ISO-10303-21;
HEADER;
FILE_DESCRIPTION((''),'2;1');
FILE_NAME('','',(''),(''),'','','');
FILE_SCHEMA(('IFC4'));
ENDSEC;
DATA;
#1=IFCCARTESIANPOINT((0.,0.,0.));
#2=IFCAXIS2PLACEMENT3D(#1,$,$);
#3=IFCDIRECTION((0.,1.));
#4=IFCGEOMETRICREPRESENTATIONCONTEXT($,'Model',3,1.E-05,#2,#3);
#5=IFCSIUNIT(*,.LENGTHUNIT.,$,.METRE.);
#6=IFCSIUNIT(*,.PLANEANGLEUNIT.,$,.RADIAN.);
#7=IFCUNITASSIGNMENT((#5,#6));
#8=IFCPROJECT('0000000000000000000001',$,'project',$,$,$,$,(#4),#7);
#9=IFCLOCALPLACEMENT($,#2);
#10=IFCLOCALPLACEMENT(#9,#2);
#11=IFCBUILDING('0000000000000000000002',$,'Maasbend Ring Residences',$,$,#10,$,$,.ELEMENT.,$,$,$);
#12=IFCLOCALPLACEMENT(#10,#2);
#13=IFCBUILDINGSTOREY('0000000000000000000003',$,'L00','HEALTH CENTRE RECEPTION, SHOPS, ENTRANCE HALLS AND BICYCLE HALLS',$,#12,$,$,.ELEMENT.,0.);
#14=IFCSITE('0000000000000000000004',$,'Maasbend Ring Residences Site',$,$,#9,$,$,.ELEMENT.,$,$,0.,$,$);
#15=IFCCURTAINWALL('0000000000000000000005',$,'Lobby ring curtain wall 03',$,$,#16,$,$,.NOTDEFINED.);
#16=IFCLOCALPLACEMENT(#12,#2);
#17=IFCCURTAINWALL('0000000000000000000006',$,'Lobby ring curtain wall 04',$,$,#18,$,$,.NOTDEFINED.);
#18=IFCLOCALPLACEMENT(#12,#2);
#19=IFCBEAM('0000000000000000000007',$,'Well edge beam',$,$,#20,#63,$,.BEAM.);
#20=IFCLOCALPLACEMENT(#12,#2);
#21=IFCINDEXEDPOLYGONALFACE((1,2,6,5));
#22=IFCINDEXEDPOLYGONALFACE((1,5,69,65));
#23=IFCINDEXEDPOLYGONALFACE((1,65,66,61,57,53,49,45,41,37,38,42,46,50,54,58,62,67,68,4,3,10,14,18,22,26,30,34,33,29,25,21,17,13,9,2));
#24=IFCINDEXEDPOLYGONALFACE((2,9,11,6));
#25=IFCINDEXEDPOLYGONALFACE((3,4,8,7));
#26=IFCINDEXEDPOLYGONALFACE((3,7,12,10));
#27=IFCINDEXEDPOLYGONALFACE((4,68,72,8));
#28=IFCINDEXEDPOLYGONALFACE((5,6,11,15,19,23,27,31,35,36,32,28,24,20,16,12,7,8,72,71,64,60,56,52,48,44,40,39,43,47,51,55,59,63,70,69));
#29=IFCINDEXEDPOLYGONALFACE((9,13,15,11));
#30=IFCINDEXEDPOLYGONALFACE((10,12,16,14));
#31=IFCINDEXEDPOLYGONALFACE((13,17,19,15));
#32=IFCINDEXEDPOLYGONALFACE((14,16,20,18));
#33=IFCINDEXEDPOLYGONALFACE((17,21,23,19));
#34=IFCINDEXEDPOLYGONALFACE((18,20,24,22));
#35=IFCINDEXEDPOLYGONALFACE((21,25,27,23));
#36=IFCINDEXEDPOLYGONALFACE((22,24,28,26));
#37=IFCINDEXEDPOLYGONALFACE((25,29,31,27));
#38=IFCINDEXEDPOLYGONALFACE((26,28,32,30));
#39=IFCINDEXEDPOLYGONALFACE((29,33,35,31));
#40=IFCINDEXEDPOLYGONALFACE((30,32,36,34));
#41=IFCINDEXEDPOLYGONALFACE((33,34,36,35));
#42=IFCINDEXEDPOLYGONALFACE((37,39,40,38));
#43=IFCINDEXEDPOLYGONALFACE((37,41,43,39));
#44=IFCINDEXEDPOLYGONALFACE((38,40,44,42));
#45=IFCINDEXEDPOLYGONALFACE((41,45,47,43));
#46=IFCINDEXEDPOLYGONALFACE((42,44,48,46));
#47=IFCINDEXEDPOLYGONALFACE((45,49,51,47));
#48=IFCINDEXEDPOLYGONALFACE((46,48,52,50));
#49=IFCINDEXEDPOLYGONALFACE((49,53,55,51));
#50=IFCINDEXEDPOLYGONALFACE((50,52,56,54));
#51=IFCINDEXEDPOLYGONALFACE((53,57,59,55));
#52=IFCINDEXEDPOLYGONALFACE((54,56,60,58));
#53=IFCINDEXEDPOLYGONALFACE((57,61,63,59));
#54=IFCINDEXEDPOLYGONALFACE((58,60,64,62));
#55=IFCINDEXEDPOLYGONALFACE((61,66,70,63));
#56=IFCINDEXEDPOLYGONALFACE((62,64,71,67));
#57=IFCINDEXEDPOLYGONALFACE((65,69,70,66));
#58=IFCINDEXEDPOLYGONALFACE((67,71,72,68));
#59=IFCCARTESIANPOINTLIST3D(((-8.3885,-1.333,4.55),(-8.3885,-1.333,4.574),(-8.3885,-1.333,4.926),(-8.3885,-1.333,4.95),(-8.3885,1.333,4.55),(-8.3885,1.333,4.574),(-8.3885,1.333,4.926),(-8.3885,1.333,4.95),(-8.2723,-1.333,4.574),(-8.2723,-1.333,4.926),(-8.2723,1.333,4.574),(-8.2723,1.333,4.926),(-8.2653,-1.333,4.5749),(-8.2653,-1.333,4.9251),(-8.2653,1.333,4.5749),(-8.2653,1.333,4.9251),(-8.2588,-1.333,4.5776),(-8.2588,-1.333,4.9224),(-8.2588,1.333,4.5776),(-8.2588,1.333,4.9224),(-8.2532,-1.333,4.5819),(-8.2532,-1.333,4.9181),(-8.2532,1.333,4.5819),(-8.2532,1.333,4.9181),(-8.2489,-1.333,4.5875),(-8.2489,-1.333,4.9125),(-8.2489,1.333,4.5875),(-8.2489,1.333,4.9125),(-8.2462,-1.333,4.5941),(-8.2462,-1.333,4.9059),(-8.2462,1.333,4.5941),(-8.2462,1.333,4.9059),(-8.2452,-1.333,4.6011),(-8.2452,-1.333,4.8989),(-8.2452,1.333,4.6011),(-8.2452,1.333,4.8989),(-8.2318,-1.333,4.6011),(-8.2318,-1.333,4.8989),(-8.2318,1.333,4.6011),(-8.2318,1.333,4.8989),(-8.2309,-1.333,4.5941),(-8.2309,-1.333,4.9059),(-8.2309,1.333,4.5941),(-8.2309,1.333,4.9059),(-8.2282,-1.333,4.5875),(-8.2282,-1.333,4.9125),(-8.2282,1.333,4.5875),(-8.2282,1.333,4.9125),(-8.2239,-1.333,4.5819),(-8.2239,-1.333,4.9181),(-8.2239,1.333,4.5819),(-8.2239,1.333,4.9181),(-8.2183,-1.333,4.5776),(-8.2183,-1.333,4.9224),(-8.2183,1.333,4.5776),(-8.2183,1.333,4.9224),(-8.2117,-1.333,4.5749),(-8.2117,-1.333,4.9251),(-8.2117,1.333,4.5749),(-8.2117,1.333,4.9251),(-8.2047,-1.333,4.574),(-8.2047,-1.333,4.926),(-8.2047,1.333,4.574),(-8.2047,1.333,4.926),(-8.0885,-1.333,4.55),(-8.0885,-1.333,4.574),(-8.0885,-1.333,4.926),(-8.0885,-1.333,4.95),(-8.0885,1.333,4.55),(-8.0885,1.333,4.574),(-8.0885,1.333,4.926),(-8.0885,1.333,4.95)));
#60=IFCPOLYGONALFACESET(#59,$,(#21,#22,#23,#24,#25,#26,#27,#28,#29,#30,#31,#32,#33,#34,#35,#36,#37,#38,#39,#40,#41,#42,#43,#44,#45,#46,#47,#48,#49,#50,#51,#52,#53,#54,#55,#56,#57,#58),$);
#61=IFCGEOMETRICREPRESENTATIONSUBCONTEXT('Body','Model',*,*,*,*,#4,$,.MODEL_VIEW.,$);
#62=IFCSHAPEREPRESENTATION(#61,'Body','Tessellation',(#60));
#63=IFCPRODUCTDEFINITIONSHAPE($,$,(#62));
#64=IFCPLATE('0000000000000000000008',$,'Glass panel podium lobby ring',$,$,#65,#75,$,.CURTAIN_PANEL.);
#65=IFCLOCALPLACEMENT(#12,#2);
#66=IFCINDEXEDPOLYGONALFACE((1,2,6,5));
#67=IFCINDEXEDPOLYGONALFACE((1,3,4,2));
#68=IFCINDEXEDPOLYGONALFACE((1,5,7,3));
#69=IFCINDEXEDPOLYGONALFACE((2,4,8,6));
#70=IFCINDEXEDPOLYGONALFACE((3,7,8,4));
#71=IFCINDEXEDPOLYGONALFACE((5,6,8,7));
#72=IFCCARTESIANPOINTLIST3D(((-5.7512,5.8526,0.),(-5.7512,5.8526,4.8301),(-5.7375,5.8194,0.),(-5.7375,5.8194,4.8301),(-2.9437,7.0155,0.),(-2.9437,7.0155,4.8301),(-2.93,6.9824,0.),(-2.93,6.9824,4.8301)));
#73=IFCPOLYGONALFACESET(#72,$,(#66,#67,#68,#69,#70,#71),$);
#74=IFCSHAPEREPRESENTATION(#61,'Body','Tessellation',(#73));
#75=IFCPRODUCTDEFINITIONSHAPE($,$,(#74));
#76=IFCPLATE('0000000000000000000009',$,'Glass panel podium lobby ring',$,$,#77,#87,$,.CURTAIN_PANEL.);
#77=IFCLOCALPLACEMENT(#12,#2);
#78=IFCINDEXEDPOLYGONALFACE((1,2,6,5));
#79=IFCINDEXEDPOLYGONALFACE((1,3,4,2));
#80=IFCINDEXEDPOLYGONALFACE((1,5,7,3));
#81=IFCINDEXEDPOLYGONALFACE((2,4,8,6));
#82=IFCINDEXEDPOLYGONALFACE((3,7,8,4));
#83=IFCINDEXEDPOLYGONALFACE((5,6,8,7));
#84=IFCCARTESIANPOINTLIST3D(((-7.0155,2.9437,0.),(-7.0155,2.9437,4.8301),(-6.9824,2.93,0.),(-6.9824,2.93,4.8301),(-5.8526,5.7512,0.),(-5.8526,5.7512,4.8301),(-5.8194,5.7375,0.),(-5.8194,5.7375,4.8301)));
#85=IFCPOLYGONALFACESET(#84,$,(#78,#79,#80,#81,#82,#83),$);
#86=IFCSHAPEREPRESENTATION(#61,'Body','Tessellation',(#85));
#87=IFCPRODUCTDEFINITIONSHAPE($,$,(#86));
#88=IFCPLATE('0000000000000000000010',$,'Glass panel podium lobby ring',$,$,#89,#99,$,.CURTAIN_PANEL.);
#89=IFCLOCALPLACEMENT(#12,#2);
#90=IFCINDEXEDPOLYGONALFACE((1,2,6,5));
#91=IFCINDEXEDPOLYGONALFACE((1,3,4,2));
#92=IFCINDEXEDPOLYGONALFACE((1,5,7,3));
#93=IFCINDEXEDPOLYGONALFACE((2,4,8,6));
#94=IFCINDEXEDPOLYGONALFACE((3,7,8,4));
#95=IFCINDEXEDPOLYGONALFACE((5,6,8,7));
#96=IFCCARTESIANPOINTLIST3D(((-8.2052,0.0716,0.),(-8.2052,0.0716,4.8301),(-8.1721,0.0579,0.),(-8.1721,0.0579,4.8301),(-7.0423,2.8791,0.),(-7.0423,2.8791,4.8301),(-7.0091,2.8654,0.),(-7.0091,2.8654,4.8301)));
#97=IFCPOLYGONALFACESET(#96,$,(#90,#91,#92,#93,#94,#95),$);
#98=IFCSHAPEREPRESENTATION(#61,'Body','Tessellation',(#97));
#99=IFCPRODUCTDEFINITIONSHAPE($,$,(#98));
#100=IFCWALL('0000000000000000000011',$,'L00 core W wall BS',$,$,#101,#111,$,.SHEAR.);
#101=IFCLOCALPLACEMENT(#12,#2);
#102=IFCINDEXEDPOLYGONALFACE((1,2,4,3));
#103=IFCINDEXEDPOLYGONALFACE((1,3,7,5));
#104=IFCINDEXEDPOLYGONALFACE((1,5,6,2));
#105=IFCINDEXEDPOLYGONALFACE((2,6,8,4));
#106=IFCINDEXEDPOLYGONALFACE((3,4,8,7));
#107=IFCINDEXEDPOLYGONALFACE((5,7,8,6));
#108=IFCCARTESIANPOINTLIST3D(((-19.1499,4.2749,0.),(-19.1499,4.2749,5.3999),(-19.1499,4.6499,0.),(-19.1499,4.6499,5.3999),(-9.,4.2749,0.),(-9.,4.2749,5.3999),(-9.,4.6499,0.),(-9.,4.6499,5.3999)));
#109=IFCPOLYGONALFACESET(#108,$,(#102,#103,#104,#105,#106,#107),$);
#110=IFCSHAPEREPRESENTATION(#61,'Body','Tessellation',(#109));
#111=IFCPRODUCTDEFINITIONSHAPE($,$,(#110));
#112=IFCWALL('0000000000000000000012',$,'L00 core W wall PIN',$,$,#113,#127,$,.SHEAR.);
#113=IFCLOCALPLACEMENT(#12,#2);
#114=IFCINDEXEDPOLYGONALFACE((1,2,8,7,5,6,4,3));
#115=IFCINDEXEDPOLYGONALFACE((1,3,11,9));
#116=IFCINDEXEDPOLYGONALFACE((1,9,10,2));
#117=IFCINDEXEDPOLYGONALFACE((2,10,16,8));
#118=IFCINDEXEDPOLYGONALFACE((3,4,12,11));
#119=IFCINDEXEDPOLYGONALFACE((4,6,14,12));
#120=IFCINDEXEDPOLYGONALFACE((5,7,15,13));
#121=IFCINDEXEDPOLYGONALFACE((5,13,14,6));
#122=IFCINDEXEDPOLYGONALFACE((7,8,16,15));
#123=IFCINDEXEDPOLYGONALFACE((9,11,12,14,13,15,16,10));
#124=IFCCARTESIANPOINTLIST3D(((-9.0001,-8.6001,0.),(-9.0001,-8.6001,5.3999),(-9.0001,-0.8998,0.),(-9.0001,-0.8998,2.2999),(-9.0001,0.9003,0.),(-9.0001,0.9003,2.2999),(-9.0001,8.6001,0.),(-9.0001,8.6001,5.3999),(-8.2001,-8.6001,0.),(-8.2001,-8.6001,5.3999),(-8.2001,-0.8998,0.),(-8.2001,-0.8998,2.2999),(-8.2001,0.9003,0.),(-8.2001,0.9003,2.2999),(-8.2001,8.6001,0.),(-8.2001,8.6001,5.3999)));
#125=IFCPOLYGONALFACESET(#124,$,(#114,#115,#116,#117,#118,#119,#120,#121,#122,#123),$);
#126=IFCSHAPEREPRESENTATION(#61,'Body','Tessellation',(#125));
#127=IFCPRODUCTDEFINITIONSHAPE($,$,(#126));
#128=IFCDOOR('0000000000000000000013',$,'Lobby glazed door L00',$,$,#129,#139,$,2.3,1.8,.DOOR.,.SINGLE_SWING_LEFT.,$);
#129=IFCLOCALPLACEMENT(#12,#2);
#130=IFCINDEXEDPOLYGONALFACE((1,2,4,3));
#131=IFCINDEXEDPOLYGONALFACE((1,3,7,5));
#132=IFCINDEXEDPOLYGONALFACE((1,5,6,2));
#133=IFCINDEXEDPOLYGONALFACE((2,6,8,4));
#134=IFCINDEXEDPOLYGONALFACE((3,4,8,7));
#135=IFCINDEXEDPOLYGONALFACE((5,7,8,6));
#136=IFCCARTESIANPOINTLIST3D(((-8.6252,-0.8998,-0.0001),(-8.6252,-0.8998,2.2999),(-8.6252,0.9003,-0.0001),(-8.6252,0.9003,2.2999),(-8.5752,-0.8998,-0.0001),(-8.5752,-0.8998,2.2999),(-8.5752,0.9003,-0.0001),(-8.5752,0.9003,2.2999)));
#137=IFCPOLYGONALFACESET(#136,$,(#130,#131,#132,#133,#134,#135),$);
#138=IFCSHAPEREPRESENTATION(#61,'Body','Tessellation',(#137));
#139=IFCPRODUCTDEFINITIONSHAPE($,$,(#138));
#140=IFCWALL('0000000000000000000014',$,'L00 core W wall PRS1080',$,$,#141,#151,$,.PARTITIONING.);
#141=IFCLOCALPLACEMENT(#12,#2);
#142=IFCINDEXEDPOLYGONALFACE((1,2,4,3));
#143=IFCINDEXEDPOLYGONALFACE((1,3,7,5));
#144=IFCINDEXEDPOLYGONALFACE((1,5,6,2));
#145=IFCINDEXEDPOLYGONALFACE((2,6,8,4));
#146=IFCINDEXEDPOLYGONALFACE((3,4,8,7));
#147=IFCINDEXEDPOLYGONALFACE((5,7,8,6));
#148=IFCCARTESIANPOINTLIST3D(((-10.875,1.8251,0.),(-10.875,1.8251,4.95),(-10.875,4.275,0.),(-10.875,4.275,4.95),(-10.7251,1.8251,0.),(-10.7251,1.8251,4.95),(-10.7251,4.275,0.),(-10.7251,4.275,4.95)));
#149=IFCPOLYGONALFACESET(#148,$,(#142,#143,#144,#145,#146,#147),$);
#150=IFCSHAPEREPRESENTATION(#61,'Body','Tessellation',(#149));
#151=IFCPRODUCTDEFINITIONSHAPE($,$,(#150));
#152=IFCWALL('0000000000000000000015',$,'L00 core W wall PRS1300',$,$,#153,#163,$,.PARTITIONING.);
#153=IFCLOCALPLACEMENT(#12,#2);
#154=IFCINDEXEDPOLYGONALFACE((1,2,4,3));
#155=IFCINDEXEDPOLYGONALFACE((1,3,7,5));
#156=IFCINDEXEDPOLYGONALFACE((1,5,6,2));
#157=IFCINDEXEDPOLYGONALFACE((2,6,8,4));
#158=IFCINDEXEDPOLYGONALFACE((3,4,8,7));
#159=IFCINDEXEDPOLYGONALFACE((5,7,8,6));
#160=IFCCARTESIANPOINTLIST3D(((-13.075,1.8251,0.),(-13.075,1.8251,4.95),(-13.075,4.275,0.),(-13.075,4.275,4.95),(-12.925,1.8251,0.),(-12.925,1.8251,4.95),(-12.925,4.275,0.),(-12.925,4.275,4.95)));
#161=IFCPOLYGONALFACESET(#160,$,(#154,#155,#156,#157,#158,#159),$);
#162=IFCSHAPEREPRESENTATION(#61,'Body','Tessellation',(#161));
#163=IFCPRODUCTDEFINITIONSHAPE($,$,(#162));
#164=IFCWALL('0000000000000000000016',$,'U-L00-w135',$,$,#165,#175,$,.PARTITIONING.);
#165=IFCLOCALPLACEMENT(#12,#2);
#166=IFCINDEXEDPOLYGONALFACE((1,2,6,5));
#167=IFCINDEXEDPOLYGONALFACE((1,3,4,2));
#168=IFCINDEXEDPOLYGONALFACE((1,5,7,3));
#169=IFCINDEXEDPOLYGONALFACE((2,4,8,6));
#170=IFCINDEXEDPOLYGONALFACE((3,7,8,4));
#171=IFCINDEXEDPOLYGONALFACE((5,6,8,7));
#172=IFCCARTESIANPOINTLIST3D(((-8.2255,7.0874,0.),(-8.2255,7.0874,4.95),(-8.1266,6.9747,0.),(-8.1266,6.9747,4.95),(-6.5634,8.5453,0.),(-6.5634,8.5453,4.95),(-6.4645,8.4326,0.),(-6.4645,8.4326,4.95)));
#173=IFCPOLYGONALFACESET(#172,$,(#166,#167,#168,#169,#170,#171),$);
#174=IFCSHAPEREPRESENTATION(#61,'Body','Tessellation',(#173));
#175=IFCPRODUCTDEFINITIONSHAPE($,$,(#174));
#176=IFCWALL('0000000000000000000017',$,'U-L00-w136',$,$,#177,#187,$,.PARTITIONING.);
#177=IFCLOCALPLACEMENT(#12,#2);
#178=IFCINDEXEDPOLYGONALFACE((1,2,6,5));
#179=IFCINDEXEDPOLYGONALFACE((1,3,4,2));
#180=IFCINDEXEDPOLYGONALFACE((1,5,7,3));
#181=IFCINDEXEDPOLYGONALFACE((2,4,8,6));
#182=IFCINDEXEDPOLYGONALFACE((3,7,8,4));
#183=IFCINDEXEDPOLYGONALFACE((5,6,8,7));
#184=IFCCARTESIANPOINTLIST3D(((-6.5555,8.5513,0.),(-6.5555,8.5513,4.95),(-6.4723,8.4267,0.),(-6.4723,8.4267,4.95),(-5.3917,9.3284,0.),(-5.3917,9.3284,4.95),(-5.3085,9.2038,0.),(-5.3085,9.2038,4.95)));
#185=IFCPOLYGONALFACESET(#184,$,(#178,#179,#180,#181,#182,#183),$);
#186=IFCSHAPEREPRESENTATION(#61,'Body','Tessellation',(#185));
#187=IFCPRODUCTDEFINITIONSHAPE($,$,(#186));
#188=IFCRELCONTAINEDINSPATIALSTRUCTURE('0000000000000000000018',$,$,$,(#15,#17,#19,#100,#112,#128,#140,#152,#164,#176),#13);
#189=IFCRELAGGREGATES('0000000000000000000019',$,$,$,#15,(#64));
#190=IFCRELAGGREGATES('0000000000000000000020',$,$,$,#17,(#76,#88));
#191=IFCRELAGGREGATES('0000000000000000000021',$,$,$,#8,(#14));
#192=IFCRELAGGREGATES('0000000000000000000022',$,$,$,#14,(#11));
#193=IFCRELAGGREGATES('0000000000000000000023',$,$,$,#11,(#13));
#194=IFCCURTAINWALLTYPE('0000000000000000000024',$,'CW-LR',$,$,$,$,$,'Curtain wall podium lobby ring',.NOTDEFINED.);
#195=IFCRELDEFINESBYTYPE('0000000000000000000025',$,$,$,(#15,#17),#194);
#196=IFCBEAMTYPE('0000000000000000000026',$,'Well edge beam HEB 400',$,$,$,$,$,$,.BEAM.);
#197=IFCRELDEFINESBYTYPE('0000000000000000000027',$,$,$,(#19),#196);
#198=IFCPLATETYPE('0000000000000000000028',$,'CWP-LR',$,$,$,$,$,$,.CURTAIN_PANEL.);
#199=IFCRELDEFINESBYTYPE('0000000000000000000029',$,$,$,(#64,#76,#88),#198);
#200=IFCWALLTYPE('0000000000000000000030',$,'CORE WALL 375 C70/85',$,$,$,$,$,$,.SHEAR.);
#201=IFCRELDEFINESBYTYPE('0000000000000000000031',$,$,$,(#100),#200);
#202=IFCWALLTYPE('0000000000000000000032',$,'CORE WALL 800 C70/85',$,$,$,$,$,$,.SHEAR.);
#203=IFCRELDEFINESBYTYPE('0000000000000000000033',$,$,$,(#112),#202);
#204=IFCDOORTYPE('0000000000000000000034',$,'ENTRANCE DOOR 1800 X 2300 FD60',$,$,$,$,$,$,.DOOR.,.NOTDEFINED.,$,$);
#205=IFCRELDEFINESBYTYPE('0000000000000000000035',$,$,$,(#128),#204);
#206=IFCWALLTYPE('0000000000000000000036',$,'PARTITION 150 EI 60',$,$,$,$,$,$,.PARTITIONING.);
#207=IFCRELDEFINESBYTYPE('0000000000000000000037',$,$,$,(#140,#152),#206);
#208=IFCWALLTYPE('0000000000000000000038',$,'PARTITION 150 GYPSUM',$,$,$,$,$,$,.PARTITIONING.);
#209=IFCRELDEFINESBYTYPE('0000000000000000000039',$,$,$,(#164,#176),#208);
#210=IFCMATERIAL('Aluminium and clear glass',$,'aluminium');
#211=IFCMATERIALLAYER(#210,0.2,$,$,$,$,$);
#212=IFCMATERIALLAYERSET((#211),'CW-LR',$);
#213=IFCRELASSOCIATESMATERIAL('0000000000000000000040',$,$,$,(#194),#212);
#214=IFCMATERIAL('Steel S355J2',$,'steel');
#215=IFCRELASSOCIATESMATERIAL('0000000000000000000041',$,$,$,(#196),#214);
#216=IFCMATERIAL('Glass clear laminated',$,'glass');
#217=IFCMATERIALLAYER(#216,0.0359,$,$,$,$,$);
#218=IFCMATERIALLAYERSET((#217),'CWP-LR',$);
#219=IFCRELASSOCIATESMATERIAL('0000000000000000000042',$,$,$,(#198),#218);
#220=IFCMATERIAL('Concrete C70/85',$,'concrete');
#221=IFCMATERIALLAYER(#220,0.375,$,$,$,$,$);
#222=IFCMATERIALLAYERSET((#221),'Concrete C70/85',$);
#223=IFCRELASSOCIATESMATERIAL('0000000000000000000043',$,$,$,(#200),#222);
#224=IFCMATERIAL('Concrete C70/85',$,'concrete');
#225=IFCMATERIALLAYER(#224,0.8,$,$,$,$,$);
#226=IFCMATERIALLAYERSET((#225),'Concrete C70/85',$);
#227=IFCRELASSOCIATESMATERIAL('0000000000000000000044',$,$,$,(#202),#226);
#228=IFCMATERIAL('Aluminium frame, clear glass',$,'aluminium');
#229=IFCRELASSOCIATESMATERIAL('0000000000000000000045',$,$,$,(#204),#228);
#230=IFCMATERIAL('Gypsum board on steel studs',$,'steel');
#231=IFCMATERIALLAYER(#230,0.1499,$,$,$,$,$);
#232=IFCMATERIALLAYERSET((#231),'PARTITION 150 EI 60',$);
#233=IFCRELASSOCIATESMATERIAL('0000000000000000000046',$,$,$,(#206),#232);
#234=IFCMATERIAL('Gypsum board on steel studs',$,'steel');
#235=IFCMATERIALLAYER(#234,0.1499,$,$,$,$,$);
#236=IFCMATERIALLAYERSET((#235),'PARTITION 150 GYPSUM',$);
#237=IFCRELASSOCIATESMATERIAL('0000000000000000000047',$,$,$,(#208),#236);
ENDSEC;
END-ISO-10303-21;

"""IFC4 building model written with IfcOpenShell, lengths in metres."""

from ifc_helpers import new_model, si_unit, direction, frame, frame_2d, origin, origin_2d, place, context, subcontext, project, spatial, rectangle, i_section, extrude, material, layer, layer_set, material_profile, profile_set, type_object, element, fill, aggregate, save


model = new_model("IFC4")

# Units and contexts
model_context = context("Model", 3, precision=1e-05, world=origin(), true_north=direction((0.0, 1.0)))
body_context = subcontext(model_context, "Body", "Model", "MODEL_VIEW")
ifc_project = project(units=[si_unit("LENGTHUNIT", "METRE"), si_unit("PLANEANGLEUNIT", "RADIAN")], contexts=[model_context])

# Site, building, storey
site_placement = place(None, origin())
site = spatial("IfcSite", under=ifc_project, at=site_placement, Name="Maasbend Ring Residences Site", CompositionType="ELEMENT", RefElevation=0.0)
building_placement = place(site_placement, origin())
building = spatial("IfcBuilding", under=site, at=building_placement, Name="Maasbend Ring Residences", CompositionType="ELEMENT")
storey_placement = place(building_placement, origin())
storey = spatial("IfcBuildingStorey", under=building, at=storey_placement, Name="L00", Description="HEALTH CENTRE RECEPTION, SHOPS, ENTRANCE HALLS AND BICYCLE HALLS", CompositionType="ELEMENT", Elevation=0.0)

# Curtain wall
ifc_material_1 = material(Name="Aluminium and clear glass", Category="aluminium")
ifc_layer_1 = layer(ifc_material_1, 0.2)
ifc_layer_set_1 = layer_set([ifc_layer_1], Name="CW-LR")
curtain_wall_type = type_object("IfcCurtainWallType", Name="CW-LR", ElementType="Curtain wall podium lobby ring", PredefinedType="NOTDEFINED", material=ifc_layer_set_1)
curtain_wall_1_placement = place(storey_placement, origin())
curtain_wall_1 = element("IfcCurtainWall", 1, at=curtain_wall_1_placement, inside=storey, type_object=curtain_wall_type, Name="Lobby ring curtain wall 03", PredefinedType="NOTDEFINED")

# Curtain wall
curtain_wall_2_placement = place(storey_placement, origin())
curtain_wall_2 = element("IfcCurtainWall", 2, at=curtain_wall_2_placement, inside=storey, type_object=curtain_wall_type, Name="Lobby ring curtain wall 04", PredefinedType="NOTDEFINED")

# Beam
ifc_material_2 = material(Name="Steel S355J2", Category="steel")
ifc_material_profile_1 = material_profile(ifc_material_2, i_section(OverallWidth=0.3, OverallDepth=0.3999, WebThickness=0.0134, FlangeThickness=0.0239, FilletRadius=0.0271, at=origin_2d()), Name="HEB 400")
ifc_profile_set_1 = profile_set([ifc_material_profile_1], Name="Steel S355J2")
beam_type = type_object("IfcBeamType", Name="Well edge beam HEB 400", PredefinedType="BEAM", material=ifc_profile_set_1)
beam_1_placement = place(storey_placement, frame((-8.2385, 1.333, 4.75), z_axis=(0.0, -1.0, 0.0), x_axis=(1.0, 0.0, 0.0)))
element("IfcBeam", 3, at=beam_1_placement, inside=storey, type_object=beam_type, Name="Well edge beam", PredefinedType="BEAM", context=body_context, shape_type="SweptSolid", body=[
    extrude(i_section(OverallWidth=0.3, OverallDepth=0.3999, WebThickness=0.0134, FlangeThickness=0.0239, FilletRadius=0.0271, at=origin_2d()), origin(), (0.0, 0.0, 1.0), 2.666),
])

# Plates
ifc_material_3 = material(Name="Glass clear laminated", Category="glass")
ifc_layer_2 = layer(ifc_material_3, 0.0359)
ifc_layer_set_2 = layer_set([ifc_layer_2], Name="CWP-LR")
plate_type = type_object("IfcPlateType", Name="CWP-LR", PredefinedType="CURTAIN_PANEL", material=ifc_layer_set_2)
plate_1_placement = place(storey_placement, frame((-4.3406, 6.4175, 0.0), z_axis=(0.0, 0.0, 1.0), x_axis=(-0.92388, -0.382683, 0.0)))
plate_1 = element("IfcPlate", 4, at=plate_1_placement, type_object=plate_type, Name="Glass panel podium lobby ring", PredefinedType="CURTAIN_PANEL", context=body_context, shape_type="SweptSolid", body=[
    extrude(rectangle(XDim=3.0388, YDim=0.0359, at=origin_2d()), origin(), (0.0, 0.0, 1.0), 4.8301),
])
aggregate(curtain_wall_1, [plate_1])
plate_2_placement = place(storey_placement, frame((-6.4175, 4.3406, 0.0), z_axis=(0.0, 0.0, 1.0), x_axis=(-0.382683, -0.92388, 0.0)))
plate_2 = element("IfcPlate", 5, at=plate_2_placement, type_object=plate_type, Name="Glass panel podium lobby ring", PredefinedType="CURTAIN_PANEL", context=body_context, shape_type="SweptSolid", body=[
    extrude(rectangle(XDim=3.0388, YDim=0.0359, at=origin_2d()), origin(), (0.0, 0.0, 1.0), 4.8301),
])
plate_3_placement = place(storey_placement, frame((-7.6072, 1.4685, 0.0), z_axis=(0.0, 0.0, 1.0), x_axis=(-0.382683, -0.92388, 0.0)))
plate_3 = element("IfcPlate", 6, at=plate_3_placement, type_object=plate_type, Name="Glass panel podium lobby ring", PredefinedType="CURTAIN_PANEL", context=body_context, shape_type="SweptSolid", body=[
    extrude(rectangle(XDim=3.0388, YDim=0.0359, at=origin_2d()), origin(), (0.0, 0.0, 1.0), 4.8301),
])
aggregate(curtain_wall_2, [plate_2, plate_3])

# Wall
ifc_material_4 = material(Name="Concrete C70/85", Category="concrete")
ifc_layer_3 = layer(ifc_material_4, 0.375)
ifc_layer_set_3 = layer_set([ifc_layer_3], Name="Concrete C70/85")
wall_type_1 = type_object("IfcWallType", Name="CORE WALL 375 C70/85", PredefinedType="SHEAR", material=ifc_layer_set_3)
wall_1_placement = place(storey_placement, frame((-9.0, 4.4624, 0.0), z_axis=(0.0, 0.0, 1.0), x_axis=(-1.0, 0.0, 0.0)))
element("IfcWall", 7, at=wall_1_placement, inside=storey, type_object=wall_type_1, Name="L00 core W wall BS", PredefinedType="SHEAR", context=body_context, shape_type="SweptSolid", body=[
    extrude(rectangle(XDim=10.1499, YDim=0.375, at=frame_2d((5.075, 0.0))), origin(), (0.0, 0.0, 1.0), 5.3999),
])

# Wall, opening, door
ifc_material_5 = material(Name="Concrete C70/85", Category="concrete")
ifc_layer_4 = layer(ifc_material_5, 0.8)
ifc_layer_set_4 = layer_set([ifc_layer_4], Name="Concrete C70/85")
wall_type_2 = type_object("IfcWallType", Name="CORE WALL 800 C70/85", PredefinedType="SHEAR", material=ifc_layer_set_4)
wall_2_placement = place(storey_placement, frame((-8.6001, 8.6001, 0.0), z_axis=(0.0, 0.0, 1.0), x_axis=(0.0, -1.0, 0.0)))
wall_2 = element("IfcWall", 8, at=wall_2_placement, inside=storey, type_object=wall_type_2, Name="L00 core W wall PIN", PredefinedType="SHEAR", context=body_context, shape_type="SweptSolid", body=[
    extrude(rectangle(XDim=17.2002, YDim=0.8, at=frame_2d((8.6001, 0.0))), origin(), (0.0, 0.0, 1.0), 5.3999),
])
opening_placement = place(wall_2_placement, frame((7.7, 0.0, 0.0)))
opening = element("IfcOpeningElement", 9, at=opening_placement, cuts=wall_2, PredefinedType="OPENING", context=body_context, shape_type="SweptSolid", body=[
    extrude(rectangle(XDim=1.8, YDim=2.3, at=frame_2d((0.8999, 1.1499))), frame((0.0, 0.4102, 0.0), z_axis=(0.0, -1.0, 0.0), x_axis=(1.0, 0.0, 0.0)), (0.0, 0.0, 1.0), 0.8201),
])
ifc_material_6 = material(Name="Aluminium frame, clear glass", Category="aluminium")
door_type = type_object("IfcDoorType", Name="ENTRANCE DOOR 1800 X 2300 FD60", OperationType="NOTDEFINED", PredefinedType="DOOR", material=ifc_material_6)
door_placement = place(opening_placement, origin())
door = element("IfcDoor", 10, at=door_placement, inside=storey, type_object=door_type, Name="Lobby glazed door L00", OperationType="SINGLE_SWING_LEFT", OverallHeight=2.3, OverallWidth=1.8, PredefinedType="DOOR", context=body_context, shape_type="SweptSolid", body=[
    extrude(rectangle(XDim=1.8, YDim=2.3, at=frame_2d((0.8999, 1.1499))), frame((0.0, 0.0249, 0.0), z_axis=(0.0, -1.0, 0.0), x_axis=(1.0, 0.0, 0.0)), (0.0, 0.0, 1.0), 0.05),
])
fill(opening, door)

# Walls
ifc_material_7 = material(Name="Gypsum board on steel studs", Category="steel")
ifc_layer_5 = layer(ifc_material_7, 0.1499)
ifc_layer_set_5 = layer_set([ifc_layer_5], Name="PARTITION 150 EI 60")
wall_type_3 = type_object("IfcWallType", Name="PARTITION 150 EI 60", PredefinedType="PARTITIONING", material=ifc_layer_set_5)
for number, where, z_axis, x_axis, name in (
    (11, (-10.8, 1.825, 0.0), (0.0, 0.0, 1.0), (0.0, 1.0, 0.0), "L00 core W wall PRS1080"),
    (12, (-13.0, 1.825, 0.0), (0.0, 0.0, 1.0), (0.0, 1.0, 0.0), "L00 core W wall PRS1300"),
):
    element("IfcWall", number, at=place(storey_placement, frame(where, z_axis=z_axis, x_axis=x_axis)), inside=storey, type_object=wall_type_3, Name=name, PredefinedType="PARTITIONING", context=body_context, shape_type="SweptSolid", body=[
        extrude(rectangle(XDim=2.45, YDim=0.1499, at=frame_2d((1.2251, 0.0))), origin(), (0.0, 0.0, 1.0), 4.95),
    ])
ifc_material_8 = material(Name="Gypsum board on steel studs", Category="steel")
ifc_layer_6 = layer(ifc_material_8, 0.1499)
ifc_layer_set_6 = layer_set([ifc_layer_6], Name="PARTITION 150 GYPSUM")
wall_type_4 = type_object("IfcWallType", Name="PARTITION 150 GYPSUM", PredefinedType="PARTITIONING", material=ifc_layer_set_6)
wall_3_placement = place(storey_placement, frame((-8.176, 7.031, 0.0), z_axis=(0.0, 0.0, 1.0), x_axis=(0.751755, 0.659442, 0.0)))
element("IfcWall", 13, at=wall_3_placement, inside=storey, type_object=wall_type_4, Name="U-L00-w135", PredefinedType="PARTITIONING", context=body_context, shape_type="SweptSolid", body=[
    extrude(rectangle(XDim=2.2109, YDim=0.1499, at=frame_2d((1.1055, 0.0))), origin(), (0.0, 0.0, 1.0), 4.95),
])
wall_4_placement = place(storey_placement, frame((-6.5139, 8.489, 0.0), z_axis=(0.0, 0.0, 1.0), x_axis=(0.831647, 0.555304, 0.0)))
element("IfcWall", 14, at=wall_4_placement, inside=storey, type_object=wall_type_4, Name="U-L00-w136", PredefinedType="PARTITIONING", context=body_context, shape_type="SweptSolid", body=[
    extrude(rectangle(XDim=1.3994, YDim=0.1499, at=frame_2d((0.6997, 0.0))), origin(), (0.0, 0.0, 1.0), 4.95),
])

save(model, "model.ifc")
